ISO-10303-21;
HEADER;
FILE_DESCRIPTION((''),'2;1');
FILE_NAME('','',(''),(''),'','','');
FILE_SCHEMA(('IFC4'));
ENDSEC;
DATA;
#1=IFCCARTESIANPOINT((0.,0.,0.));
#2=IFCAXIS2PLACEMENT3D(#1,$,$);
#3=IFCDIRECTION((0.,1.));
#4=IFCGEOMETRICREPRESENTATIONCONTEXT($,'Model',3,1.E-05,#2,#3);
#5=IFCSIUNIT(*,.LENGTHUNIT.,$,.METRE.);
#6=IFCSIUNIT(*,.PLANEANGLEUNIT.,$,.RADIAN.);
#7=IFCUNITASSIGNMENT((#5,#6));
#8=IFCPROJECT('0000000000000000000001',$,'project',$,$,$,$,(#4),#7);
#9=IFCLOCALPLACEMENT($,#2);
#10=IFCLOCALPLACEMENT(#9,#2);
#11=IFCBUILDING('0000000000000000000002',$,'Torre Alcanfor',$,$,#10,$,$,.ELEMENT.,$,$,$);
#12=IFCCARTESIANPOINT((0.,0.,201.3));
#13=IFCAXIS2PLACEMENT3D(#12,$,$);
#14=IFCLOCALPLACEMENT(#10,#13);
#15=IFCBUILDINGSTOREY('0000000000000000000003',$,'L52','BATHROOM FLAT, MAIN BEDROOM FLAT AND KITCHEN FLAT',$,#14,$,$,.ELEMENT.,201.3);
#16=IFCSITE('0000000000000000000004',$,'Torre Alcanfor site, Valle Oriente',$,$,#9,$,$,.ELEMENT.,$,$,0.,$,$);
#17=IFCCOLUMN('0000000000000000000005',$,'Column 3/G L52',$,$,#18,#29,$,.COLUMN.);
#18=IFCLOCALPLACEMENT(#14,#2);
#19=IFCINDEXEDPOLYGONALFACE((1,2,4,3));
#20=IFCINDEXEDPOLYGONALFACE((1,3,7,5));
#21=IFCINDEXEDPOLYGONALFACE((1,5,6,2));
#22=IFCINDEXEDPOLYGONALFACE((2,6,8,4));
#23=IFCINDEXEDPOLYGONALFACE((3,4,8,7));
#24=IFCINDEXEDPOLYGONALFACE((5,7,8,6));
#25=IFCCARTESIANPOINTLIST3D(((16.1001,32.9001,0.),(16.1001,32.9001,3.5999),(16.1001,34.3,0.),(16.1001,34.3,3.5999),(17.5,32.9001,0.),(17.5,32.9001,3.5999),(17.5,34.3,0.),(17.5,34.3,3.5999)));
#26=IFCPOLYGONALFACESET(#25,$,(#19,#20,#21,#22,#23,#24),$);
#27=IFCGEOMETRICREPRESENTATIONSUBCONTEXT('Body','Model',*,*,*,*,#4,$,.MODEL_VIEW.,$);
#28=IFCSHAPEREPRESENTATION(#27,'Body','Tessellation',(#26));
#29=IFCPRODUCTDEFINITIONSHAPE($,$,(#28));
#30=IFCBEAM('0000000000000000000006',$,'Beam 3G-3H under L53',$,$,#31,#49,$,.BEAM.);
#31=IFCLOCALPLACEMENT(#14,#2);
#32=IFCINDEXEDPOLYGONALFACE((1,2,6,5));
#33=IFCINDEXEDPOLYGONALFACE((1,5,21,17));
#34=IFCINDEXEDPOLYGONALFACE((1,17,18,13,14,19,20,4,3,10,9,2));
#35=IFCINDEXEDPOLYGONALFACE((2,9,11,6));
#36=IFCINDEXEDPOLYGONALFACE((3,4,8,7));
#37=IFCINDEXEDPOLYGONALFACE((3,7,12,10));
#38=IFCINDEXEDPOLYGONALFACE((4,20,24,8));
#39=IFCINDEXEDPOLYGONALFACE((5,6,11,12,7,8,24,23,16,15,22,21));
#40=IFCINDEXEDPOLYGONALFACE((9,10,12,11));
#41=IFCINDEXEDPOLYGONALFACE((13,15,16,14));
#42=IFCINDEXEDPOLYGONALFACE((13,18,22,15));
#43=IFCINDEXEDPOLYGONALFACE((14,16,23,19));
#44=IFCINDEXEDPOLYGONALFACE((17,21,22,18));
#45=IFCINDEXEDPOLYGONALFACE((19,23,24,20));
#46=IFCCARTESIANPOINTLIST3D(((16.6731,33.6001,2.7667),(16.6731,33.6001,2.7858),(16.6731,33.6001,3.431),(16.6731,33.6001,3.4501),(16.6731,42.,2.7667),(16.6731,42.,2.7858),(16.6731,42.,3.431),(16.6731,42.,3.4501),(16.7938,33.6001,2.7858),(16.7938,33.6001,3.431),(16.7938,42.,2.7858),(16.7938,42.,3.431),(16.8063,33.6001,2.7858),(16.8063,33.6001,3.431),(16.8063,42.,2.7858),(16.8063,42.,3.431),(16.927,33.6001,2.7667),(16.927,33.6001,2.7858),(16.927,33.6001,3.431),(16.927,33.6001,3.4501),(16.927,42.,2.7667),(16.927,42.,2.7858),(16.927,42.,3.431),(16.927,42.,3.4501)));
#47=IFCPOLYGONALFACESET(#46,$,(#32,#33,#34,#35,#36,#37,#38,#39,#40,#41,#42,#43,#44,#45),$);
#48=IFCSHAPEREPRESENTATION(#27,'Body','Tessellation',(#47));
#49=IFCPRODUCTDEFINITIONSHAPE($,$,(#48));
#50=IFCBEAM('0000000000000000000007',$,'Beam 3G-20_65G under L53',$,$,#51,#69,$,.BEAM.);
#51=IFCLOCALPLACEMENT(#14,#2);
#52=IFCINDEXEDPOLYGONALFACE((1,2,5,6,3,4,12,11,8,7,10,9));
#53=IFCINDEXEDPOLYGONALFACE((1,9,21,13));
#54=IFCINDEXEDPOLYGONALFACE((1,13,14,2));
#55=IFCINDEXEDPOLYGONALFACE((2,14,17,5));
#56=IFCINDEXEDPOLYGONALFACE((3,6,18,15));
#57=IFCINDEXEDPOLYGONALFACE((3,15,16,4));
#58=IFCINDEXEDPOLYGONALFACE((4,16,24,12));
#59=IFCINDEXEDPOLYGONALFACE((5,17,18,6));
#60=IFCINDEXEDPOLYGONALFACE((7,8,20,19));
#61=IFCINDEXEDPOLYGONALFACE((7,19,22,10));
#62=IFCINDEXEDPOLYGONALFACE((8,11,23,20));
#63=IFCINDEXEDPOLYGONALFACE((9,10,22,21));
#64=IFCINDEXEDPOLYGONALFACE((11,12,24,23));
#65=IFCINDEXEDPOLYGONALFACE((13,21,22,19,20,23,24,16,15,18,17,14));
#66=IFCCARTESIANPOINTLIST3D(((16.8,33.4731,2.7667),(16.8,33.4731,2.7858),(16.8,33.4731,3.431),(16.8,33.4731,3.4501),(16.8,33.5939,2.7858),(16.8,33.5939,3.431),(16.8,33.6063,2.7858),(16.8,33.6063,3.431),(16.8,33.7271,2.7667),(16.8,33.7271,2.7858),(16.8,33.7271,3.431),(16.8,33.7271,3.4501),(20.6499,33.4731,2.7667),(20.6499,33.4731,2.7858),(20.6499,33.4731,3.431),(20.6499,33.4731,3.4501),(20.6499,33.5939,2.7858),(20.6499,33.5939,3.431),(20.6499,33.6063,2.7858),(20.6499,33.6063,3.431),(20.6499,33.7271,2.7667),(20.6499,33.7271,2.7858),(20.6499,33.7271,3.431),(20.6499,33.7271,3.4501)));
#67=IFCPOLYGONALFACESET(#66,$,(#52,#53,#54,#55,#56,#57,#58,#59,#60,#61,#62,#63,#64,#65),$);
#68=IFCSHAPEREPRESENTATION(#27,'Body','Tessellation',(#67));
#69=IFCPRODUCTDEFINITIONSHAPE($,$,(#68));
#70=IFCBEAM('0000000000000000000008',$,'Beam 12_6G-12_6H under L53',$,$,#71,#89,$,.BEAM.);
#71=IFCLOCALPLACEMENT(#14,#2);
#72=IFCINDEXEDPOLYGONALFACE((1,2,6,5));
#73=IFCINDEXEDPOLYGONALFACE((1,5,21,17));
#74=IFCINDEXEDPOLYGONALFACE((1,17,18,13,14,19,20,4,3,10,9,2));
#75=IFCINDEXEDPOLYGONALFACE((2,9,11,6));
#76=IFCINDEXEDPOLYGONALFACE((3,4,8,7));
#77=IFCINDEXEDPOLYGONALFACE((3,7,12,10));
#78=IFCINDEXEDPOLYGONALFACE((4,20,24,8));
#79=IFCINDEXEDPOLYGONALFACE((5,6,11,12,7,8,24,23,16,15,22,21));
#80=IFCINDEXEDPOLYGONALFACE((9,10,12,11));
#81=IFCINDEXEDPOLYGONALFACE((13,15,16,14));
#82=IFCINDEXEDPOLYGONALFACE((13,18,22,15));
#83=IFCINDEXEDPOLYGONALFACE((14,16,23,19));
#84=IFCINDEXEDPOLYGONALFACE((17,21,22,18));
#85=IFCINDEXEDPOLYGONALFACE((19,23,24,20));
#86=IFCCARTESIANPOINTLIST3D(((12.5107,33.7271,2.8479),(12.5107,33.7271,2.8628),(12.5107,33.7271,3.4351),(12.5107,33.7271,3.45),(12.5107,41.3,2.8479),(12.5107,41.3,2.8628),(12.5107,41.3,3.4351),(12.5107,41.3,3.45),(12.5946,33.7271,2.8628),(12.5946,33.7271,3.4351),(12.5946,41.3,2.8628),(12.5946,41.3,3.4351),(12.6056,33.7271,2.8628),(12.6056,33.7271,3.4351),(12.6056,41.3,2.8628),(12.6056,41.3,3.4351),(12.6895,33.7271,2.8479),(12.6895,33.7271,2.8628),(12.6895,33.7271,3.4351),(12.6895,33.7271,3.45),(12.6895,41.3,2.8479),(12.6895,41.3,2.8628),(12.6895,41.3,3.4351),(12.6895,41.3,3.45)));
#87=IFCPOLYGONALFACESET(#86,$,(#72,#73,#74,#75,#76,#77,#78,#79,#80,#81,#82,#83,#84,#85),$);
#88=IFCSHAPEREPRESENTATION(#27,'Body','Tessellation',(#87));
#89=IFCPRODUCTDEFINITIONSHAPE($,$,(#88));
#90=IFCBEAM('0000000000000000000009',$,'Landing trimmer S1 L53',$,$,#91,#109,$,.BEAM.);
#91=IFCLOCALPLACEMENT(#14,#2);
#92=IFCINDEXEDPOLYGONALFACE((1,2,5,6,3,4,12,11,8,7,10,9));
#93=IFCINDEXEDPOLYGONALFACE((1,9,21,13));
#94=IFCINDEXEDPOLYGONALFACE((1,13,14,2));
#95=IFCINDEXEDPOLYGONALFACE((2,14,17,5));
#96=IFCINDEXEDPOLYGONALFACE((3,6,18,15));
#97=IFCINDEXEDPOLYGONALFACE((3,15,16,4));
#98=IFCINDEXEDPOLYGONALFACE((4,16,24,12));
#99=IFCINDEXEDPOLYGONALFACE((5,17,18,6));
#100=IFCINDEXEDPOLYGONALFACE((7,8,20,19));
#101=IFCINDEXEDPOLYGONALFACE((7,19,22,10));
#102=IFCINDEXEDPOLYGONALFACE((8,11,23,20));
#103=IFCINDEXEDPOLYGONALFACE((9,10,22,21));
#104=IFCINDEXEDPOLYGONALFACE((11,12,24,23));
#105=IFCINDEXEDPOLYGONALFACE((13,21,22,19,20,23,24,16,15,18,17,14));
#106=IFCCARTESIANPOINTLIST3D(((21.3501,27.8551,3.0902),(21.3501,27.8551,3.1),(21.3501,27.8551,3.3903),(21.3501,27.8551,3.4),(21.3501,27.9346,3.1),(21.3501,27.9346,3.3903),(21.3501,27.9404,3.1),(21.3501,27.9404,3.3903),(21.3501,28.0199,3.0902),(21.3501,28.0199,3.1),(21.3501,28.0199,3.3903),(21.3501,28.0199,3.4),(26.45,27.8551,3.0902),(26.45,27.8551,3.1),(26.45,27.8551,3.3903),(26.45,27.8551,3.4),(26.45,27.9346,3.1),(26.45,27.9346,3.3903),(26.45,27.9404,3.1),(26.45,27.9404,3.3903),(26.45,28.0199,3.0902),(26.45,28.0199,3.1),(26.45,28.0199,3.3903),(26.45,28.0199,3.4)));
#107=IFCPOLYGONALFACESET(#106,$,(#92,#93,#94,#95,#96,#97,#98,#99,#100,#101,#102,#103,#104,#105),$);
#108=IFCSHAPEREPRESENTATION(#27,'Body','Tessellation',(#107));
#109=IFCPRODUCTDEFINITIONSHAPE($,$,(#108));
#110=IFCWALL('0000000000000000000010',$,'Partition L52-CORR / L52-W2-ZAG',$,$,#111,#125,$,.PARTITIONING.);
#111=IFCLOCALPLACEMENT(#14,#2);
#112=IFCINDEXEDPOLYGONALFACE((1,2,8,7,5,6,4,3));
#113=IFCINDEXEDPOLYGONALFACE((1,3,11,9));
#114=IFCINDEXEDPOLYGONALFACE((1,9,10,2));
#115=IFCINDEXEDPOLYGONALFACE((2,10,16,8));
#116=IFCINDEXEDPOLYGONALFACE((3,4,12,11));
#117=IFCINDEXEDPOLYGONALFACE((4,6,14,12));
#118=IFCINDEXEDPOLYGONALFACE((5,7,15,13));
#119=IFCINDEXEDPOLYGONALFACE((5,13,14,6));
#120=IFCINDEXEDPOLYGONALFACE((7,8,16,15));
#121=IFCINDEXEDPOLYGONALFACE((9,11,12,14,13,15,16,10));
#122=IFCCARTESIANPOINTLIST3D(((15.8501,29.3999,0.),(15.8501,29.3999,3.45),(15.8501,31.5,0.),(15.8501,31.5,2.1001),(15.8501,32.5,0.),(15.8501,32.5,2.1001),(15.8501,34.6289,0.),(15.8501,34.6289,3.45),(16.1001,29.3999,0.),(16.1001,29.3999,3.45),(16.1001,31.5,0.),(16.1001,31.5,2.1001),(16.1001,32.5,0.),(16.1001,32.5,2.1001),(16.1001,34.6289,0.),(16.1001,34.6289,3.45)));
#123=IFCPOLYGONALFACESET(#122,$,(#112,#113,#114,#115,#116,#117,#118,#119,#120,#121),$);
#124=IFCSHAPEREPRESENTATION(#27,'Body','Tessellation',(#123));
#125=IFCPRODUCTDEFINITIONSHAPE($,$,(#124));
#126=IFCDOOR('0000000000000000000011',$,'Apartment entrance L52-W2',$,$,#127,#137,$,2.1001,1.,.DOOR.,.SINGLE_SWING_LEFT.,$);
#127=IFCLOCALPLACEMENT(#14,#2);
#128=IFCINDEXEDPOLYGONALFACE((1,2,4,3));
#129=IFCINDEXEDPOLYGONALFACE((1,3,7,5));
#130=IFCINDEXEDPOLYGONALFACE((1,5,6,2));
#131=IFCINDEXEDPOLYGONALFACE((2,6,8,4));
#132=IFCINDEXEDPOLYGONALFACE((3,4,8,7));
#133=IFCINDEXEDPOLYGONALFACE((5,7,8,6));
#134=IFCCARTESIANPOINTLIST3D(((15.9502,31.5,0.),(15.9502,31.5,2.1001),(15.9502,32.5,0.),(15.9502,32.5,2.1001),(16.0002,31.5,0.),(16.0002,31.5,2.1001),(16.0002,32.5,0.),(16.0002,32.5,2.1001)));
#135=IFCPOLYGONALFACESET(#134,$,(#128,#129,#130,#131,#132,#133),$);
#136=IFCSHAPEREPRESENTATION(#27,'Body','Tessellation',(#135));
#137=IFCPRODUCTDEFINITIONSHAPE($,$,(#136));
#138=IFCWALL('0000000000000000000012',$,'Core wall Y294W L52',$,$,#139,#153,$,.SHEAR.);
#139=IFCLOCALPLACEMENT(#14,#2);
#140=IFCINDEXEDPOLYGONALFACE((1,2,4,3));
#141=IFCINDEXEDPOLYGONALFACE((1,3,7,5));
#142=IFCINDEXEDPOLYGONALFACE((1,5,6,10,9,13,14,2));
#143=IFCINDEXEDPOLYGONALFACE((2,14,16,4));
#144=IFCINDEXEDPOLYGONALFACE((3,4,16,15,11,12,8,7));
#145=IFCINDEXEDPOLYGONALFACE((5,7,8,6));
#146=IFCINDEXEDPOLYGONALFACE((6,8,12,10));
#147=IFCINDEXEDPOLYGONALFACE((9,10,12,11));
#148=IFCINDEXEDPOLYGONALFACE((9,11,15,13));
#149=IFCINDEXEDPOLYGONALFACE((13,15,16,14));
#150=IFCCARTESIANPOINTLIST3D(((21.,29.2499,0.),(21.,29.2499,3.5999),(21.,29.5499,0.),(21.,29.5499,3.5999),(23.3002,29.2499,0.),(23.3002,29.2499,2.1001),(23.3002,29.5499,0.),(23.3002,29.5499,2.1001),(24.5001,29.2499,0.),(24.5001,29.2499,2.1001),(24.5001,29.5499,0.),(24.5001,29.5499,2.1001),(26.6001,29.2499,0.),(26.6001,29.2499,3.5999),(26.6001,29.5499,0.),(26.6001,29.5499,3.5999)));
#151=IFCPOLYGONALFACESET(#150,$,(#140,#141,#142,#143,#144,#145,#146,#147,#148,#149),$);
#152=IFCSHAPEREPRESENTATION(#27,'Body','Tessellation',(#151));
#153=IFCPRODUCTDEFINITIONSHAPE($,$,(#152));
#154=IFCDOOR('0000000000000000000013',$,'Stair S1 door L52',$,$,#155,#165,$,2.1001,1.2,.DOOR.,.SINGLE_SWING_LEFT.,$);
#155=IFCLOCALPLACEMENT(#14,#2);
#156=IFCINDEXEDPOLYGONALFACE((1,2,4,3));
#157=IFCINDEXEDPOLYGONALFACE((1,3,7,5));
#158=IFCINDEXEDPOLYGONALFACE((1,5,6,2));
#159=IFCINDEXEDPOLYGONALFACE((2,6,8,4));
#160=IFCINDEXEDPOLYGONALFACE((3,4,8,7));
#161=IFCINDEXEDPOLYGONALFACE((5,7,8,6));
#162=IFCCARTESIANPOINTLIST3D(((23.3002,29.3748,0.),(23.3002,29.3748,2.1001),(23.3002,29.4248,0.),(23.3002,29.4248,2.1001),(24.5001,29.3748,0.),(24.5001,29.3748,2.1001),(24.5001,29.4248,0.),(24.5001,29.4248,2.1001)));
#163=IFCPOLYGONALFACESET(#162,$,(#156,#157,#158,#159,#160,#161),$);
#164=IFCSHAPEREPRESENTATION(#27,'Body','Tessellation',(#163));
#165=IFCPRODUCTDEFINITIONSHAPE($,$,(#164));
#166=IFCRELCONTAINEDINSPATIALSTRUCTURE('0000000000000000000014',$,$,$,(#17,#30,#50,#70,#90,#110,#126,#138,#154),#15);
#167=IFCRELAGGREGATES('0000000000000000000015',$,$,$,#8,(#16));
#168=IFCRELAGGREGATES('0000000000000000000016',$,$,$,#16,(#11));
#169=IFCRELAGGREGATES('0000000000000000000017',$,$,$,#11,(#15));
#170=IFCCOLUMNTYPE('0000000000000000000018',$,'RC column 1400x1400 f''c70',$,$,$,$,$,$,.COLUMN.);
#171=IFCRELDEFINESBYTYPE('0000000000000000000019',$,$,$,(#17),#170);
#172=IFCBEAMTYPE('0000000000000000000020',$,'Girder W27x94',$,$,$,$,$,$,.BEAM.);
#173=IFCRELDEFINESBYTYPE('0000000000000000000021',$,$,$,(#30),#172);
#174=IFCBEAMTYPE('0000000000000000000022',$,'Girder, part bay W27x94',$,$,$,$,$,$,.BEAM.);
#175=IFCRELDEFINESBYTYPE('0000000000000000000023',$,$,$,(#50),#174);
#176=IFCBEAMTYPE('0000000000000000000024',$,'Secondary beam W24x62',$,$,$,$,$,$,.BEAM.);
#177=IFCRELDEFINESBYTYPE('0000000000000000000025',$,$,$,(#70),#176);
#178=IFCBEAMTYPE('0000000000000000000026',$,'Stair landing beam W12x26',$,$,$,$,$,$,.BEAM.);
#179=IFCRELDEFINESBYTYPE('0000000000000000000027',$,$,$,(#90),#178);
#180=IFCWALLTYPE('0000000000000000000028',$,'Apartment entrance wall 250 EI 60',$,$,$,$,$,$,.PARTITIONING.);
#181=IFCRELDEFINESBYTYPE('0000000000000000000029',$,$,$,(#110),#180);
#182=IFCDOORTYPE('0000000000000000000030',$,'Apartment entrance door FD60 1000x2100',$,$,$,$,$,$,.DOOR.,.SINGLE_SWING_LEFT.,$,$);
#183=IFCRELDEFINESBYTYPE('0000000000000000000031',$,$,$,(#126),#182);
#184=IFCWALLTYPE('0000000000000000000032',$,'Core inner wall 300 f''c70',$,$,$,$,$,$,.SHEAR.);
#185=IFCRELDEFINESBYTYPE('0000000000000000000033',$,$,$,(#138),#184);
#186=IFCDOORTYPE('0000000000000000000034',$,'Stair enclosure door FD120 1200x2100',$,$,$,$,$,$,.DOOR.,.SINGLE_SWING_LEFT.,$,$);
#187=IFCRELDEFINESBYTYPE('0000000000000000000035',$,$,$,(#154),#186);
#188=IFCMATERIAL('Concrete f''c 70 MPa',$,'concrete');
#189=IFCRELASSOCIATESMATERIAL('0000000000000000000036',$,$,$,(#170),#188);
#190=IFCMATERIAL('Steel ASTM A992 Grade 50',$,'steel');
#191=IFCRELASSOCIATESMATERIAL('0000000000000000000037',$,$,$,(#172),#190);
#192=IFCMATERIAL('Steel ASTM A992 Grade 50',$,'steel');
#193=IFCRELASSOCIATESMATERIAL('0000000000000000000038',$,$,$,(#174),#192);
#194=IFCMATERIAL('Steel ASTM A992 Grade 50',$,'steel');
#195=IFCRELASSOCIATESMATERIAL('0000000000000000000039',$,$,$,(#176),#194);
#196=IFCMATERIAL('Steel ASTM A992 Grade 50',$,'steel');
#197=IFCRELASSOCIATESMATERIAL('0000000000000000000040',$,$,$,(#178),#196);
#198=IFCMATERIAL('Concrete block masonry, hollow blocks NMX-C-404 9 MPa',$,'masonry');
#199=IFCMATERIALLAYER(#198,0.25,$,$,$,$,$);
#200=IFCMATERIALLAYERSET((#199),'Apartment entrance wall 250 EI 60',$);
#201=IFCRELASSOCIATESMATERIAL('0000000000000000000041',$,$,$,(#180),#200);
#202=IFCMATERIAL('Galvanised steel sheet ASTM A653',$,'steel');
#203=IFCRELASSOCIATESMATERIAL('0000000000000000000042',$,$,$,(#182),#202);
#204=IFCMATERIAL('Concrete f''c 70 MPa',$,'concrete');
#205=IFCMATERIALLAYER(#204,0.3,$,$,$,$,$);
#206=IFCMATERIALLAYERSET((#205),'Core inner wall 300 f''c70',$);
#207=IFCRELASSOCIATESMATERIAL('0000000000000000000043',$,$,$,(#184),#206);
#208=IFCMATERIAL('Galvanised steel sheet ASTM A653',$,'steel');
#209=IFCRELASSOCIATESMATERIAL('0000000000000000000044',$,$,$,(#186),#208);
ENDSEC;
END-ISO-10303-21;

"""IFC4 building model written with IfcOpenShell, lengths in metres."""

from ifc_helpers import new_model, si_unit, direction, frame, frame_2d, origin, origin_2d, place, context, subcontext, project, spatial, rectangle, i_section, extrude, material, layer, layer_set, material_profile, profile_set, type_object, element, fill, save


model = new_model("IFC4")

# Units and contexts
model_context = context("Model", 3, precision=1e-05, world=origin(), true_north=direction((0.0, 1.0)))
body_context = subcontext(model_context, "Body", "Model", "MODEL_VIEW")
ifc_project = project(units=[si_unit("LENGTHUNIT", "METRE"), si_unit("PLANEANGLEUNIT", "RADIAN")], contexts=[model_context])

# Site, building, storey
site_placement = place(None, origin())
site = spatial("IfcSite", under=ifc_project, at=site_placement, Name="Torre Alcanfor site, Valle Oriente", CompositionType="ELEMENT", RefElevation=0.0)
building_placement = place(site_placement, origin())
building = spatial("IfcBuilding", under=site, at=building_placement, Name="Torre Alcanfor", CompositionType="ELEMENT")
storey_placement = place(building_placement, frame((0.0, 0.0, 201.3)))
storey = spatial("IfcBuildingStorey", under=building, at=storey_placement, Name="L52", Description="BATHROOM FLAT, MAIN BEDROOM FLAT AND KITCHEN FLAT", CompositionType="ELEMENT", Elevation=201.3)

# Column
ifc_material_1 = material(Name="Concrete f'c 70 MPa", Category="concrete")
ifc_material_profile_1 = material_profile(ifc_material_1, rectangle(XDim=1.3999, YDim=1.3999, at=origin_2d()), Name="1400x1400")
ifc_profile_set_1 = profile_set([ifc_material_profile_1], Name="Concrete f'c 70 MPa")
column_type = type_object("IfcColumnType", Name="RC column 1400x1400 f'c70", PredefinedType="COLUMN", material=ifc_profile_set_1)
column_placement = place(storey_placement, frame((16.8, 33.6001, 0.0), z_axis=(0.0, 0.0, 1.0), x_axis=(1.0, 0.0, 0.0)))
element("IfcColumn", 1, at=column_placement, inside=storey, type_object=column_type, Name="Column 3/G L52", PredefinedType="COLUMN", context=body_context, shape_type="SweptSolid", body=[
    extrude(rectangle(XDim=1.3999, YDim=1.3999, at=origin_2d()), origin(), (0.0, 0.0, 1.0), 3.5999),
])

# Beams
ifc_material_2 = material(Name="Steel ASTM A992 Grade 50", Category="steel")
ifc_material_profile_2 = material_profile(ifc_material_2, i_section(OverallWidth=0.2539, OverallDepth=0.6833, WebThickness=0.0125, FlangeThickness=0.019, at=origin_2d()), Name="W27x94")
ifc_profile_set_2 = profile_set([ifc_material_profile_2], Name="Steel ASTM A992 Grade 50")
beam_type_1 = type_object("IfcBeamType", Name="Girder W27x94", PredefinedType="BEAM", material=ifc_profile_set_2)
beam_1_placement = place(storey_placement, frame((16.8, 33.6001, 3.1084), z_axis=(0.0, 1.0, 0.0), x_axis=(-1.0, 0.0, 0.0)))
element("IfcBeam", 2, at=beam_1_placement, inside=storey, type_object=beam_type_1, Name="Beam 3G-3H under L53", PredefinedType="BEAM", context=body_context, shape_type="SweptSolid", body=[
    extrude(i_section(OverallWidth=0.2539, OverallDepth=0.6833, WebThickness=0.0125, FlangeThickness=0.019, at=origin_2d()), origin(), (0.0, 0.0, 1.0), 8.3999),
])
ifc_material_3 = material(Name="Steel ASTM A992 Grade 50", Category="steel")
ifc_material_profile_3 = material_profile(ifc_material_3, i_section(OverallWidth=0.2539, OverallDepth=0.6833, WebThickness=0.0125, FlangeThickness=0.019, at=origin_2d()), Name="W27x94")
ifc_profile_set_3 = profile_set([ifc_material_profile_3], Name="Steel ASTM A992 Grade 50")
beam_type_2 = type_object("IfcBeamType", Name="Girder, part bay W27x94", PredefinedType="BEAM", material=ifc_profile_set_3)
beam_2_placement = place(storey_placement, frame((16.8, 33.6001, 3.1084), z_axis=(1.0, 0.0, 0.0), x_axis=(0.0, 1.0, 0.0)))
element("IfcBeam", 3, at=beam_2_placement, inside=storey, type_object=beam_type_2, Name="Beam 3G-20_65G under L53", PredefinedType="BEAM", context=body_context, shape_type="SweptSolid", body=[
    extrude(i_section(OverallWidth=0.2539, OverallDepth=0.6833, WebThickness=0.0125, FlangeThickness=0.019, at=origin_2d()), origin(), (0.0, 0.0, 1.0), 3.8499),
])
ifc_material_4 = material(Name="Steel ASTM A992 Grade 50", Category="steel")
ifc_material_profile_4 = material_profile(ifc_material_4, i_section(OverallWidth=0.1787, OverallDepth=0.6021, WebThickness=0.011, FlangeThickness=0.0149, at=origin_2d()), Name="W24x62")
ifc_profile_set_4 = profile_set([ifc_material_profile_4], Name="Steel ASTM A992 Grade 50")
beam_type_3 = type_object("IfcBeamType", Name="Secondary beam W24x62", PredefinedType="BEAM", material=ifc_profile_set_4)
beam_3_placement = place(storey_placement, frame((12.6001, 33.7271, 3.1489), z_axis=(0.0, 1.0, 0.0), x_axis=(-1.0, 0.0, 0.0)))
element("IfcBeam", 4, at=beam_3_placement, inside=storey, type_object=beam_type_3, Name="Beam 12_6G-12_6H under L53", PredefinedType="BEAM", context=body_context, shape_type="SweptSolid", body=[
    extrude(i_section(OverallWidth=0.1787, OverallDepth=0.6021, WebThickness=0.011, FlangeThickness=0.0149, at=origin_2d()), origin(), (0.0, 0.0, 1.0), 7.573),
])
ifc_material_5 = material(Name="Steel ASTM A992 Grade 50", Category="steel")
ifc_material_profile_5 = material_profile(ifc_material_5, i_section(OverallWidth=0.1648, OverallDepth=0.3098, WebThickness=0.0059, FlangeThickness=0.0098, at=origin_2d()), Name="W12x26")
ifc_profile_set_5 = profile_set([ifc_material_profile_5], Name="Steel ASTM A992 Grade 50")
beam_type_4 = type_object("IfcBeamType", Name="Stair landing beam W12x26", PredefinedType="BEAM", material=ifc_profile_set_5)
beam_4_placement = place(storey_placement, frame((21.3501, 27.9375, 3.2451), z_axis=(1.0, 0.0, 0.0), x_axis=(0.0, 1.0, 0.0)))
element("IfcBeam", 5, at=beam_4_placement, inside=storey, type_object=beam_type_4, Name="Landing trimmer S1 L53", PredefinedType="BEAM", context=body_context, shape_type="SweptSolid", body=[
    extrude(i_section(OverallWidth=0.1648, OverallDepth=0.3098, WebThickness=0.0059, FlangeThickness=0.0098, at=origin_2d()), origin(), (0.0, 0.0, 1.0), 5.0999),
])

# Walls, openings, doors
ifc_material_6 = material(Name="Concrete block masonry, hollow blocks NMX-C-404 9 MPa", Category="masonry")
ifc_layer_1 = layer(ifc_material_6, 0.25)
ifc_layer_set_1 = layer_set([ifc_layer_1], Name="Apartment entrance wall 250 EI 60")
wall_type_1 = type_object("IfcWallType", Name="Apartment entrance wall 250 EI 60", PredefinedType="PARTITIONING", material=ifc_layer_set_1)
wall_1_placement = place(storey_placement, frame((15.9751, 29.3999, 0.0), z_axis=(0.0, 0.0, 1.0), x_axis=(0.0, 1.0, 0.0)))
wall_1 = element("IfcWall", 6, at=wall_1_placement, inside=storey, type_object=wall_type_1, Name="Partition L52-CORR / L52-W2-ZAG", PredefinedType="PARTITIONING", context=body_context, shape_type="SweptSolid", body=[
    extrude(rectangle(XDim=5.229, YDim=0.25, at=frame_2d((2.6145, 0.0))), origin(), (0.0, 0.0, 1.0), 3.45),
])
opening_1_placement = place(wall_1_placement, frame((2.1001, 0.0, 0.0)))
opening_1 = element("IfcOpeningElement", 7, at=opening_1_placement, cuts=wall_1, PredefinedType="OPENING", context=body_context, shape_type="SweptSolid", body=[
    extrude(rectangle(XDim=1.0, YDim=2.1001, at=frame_2d((0.5, 1.05))), frame((0.0, 0.135, 0.0), z_axis=(0.0, -1.0, 0.0), x_axis=(1.0, 0.0, 0.0)), (0.0, 0.0, 1.0), 0.27),
])
ifc_material_7 = material(Name="Galvanised steel sheet ASTM A653", Category="steel")
door_type_1 = type_object("IfcDoorType", Name="Apartment entrance door FD60 1000x2100", OperationType="SINGLE_SWING_LEFT", PredefinedType="DOOR", material=ifc_material_7)
door_1_placement = place(opening_1_placement, origin())
door_1 = element("IfcDoor", 8, at=door_1_placement, inside=storey, type_object=door_type_1, Name="Apartment entrance L52-W2", OperationType="SINGLE_SWING_LEFT", OverallHeight=2.1001, OverallWidth=1.0, PredefinedType="DOOR", context=body_context, shape_type="SweptSolid", body=[
    extrude(rectangle(XDim=1.0, YDim=2.1001, at=frame_2d((0.5, 1.05))), frame((0.0, 0.0249, 0.0), z_axis=(0.0, -1.0, 0.0), x_axis=(1.0, 0.0, 0.0)), (0.0, 0.0, 1.0), 0.05),
])
fill(opening_1, door_1)
ifc_material_8 = material(Name="Concrete f'c 70 MPa", Category="concrete")
ifc_layer_2 = layer(ifc_material_8, 0.3)
ifc_layer_set_2 = layer_set([ifc_layer_2], Name="Core inner wall 300 f'c70")
wall_type_2 = type_object("IfcWallType", Name="Core inner wall 300 f'c70", PredefinedType="SHEAR", material=ifc_layer_set_2)
wall_2_placement = place(storey_placement, frame((21.0, 29.3999, 0.0), z_axis=(0.0, 0.0, 1.0), x_axis=(1.0, 0.0, 0.0)))
wall_2 = element("IfcWall", 9, at=wall_2_placement, inside=storey, type_object=wall_type_2, Name="Core wall Y294W L52", PredefinedType="SHEAR", context=body_context, shape_type="SweptSolid", body=[
    extrude(rectangle(XDim=5.6001, YDim=0.3, at=frame_2d((2.8, 0.0))), origin(), (0.0, 0.0, 1.0), 3.5999),
])
opening_2_placement = place(wall_2_placement, frame((2.3, 0.0, 0.0)))
opening_2 = element("IfcOpeningElement", 10, at=opening_2_placement, cuts=wall_2, PredefinedType="OPENING", context=body_context, shape_type="SweptSolid", body=[
    extrude(rectangle(XDim=1.2, YDim=2.1001, at=frame_2d((0.6001, 1.05))), frame((0.0, 0.1599, 0.0), z_axis=(0.0, -1.0, 0.0), x_axis=(1.0, 0.0, 0.0)), (0.0, 0.0, 1.0), 0.3201),
])
ifc_material_9 = material(Name="Galvanised steel sheet ASTM A653", Category="steel")
door_type_2 = type_object("IfcDoorType", Name="Stair enclosure door FD120 1200x2100", OperationType="SINGLE_SWING_LEFT", PredefinedType="DOOR", material=ifc_material_9)
door_2_placement = place(opening_2_placement, frame((1.2, 0.0, 0.0), z_axis=(0.0, 0.0, 1.0), x_axis=(-1.0, 0.0, 0.0)))
door_2 = element("IfcDoor", 11, at=door_2_placement, inside=storey, type_object=door_type_2, Name="Stair S1 door L52", OperationType="SINGLE_SWING_LEFT", OverallHeight=2.1001, OverallWidth=1.2, PredefinedType="DOOR", context=body_context, shape_type="SweptSolid", body=[
    extrude(rectangle(XDim=1.2, YDim=2.1001, at=frame_2d((0.5999, 1.05))), frame((0.0, 0.0251, 0.0), z_axis=(0.0, -1.0, 0.0), x_axis=(1.0, 0.0, 0.0)), (0.0, 0.0, 1.0), 0.05),
])
fill(opening_2, door_2)

save(model, "model.ifc")
